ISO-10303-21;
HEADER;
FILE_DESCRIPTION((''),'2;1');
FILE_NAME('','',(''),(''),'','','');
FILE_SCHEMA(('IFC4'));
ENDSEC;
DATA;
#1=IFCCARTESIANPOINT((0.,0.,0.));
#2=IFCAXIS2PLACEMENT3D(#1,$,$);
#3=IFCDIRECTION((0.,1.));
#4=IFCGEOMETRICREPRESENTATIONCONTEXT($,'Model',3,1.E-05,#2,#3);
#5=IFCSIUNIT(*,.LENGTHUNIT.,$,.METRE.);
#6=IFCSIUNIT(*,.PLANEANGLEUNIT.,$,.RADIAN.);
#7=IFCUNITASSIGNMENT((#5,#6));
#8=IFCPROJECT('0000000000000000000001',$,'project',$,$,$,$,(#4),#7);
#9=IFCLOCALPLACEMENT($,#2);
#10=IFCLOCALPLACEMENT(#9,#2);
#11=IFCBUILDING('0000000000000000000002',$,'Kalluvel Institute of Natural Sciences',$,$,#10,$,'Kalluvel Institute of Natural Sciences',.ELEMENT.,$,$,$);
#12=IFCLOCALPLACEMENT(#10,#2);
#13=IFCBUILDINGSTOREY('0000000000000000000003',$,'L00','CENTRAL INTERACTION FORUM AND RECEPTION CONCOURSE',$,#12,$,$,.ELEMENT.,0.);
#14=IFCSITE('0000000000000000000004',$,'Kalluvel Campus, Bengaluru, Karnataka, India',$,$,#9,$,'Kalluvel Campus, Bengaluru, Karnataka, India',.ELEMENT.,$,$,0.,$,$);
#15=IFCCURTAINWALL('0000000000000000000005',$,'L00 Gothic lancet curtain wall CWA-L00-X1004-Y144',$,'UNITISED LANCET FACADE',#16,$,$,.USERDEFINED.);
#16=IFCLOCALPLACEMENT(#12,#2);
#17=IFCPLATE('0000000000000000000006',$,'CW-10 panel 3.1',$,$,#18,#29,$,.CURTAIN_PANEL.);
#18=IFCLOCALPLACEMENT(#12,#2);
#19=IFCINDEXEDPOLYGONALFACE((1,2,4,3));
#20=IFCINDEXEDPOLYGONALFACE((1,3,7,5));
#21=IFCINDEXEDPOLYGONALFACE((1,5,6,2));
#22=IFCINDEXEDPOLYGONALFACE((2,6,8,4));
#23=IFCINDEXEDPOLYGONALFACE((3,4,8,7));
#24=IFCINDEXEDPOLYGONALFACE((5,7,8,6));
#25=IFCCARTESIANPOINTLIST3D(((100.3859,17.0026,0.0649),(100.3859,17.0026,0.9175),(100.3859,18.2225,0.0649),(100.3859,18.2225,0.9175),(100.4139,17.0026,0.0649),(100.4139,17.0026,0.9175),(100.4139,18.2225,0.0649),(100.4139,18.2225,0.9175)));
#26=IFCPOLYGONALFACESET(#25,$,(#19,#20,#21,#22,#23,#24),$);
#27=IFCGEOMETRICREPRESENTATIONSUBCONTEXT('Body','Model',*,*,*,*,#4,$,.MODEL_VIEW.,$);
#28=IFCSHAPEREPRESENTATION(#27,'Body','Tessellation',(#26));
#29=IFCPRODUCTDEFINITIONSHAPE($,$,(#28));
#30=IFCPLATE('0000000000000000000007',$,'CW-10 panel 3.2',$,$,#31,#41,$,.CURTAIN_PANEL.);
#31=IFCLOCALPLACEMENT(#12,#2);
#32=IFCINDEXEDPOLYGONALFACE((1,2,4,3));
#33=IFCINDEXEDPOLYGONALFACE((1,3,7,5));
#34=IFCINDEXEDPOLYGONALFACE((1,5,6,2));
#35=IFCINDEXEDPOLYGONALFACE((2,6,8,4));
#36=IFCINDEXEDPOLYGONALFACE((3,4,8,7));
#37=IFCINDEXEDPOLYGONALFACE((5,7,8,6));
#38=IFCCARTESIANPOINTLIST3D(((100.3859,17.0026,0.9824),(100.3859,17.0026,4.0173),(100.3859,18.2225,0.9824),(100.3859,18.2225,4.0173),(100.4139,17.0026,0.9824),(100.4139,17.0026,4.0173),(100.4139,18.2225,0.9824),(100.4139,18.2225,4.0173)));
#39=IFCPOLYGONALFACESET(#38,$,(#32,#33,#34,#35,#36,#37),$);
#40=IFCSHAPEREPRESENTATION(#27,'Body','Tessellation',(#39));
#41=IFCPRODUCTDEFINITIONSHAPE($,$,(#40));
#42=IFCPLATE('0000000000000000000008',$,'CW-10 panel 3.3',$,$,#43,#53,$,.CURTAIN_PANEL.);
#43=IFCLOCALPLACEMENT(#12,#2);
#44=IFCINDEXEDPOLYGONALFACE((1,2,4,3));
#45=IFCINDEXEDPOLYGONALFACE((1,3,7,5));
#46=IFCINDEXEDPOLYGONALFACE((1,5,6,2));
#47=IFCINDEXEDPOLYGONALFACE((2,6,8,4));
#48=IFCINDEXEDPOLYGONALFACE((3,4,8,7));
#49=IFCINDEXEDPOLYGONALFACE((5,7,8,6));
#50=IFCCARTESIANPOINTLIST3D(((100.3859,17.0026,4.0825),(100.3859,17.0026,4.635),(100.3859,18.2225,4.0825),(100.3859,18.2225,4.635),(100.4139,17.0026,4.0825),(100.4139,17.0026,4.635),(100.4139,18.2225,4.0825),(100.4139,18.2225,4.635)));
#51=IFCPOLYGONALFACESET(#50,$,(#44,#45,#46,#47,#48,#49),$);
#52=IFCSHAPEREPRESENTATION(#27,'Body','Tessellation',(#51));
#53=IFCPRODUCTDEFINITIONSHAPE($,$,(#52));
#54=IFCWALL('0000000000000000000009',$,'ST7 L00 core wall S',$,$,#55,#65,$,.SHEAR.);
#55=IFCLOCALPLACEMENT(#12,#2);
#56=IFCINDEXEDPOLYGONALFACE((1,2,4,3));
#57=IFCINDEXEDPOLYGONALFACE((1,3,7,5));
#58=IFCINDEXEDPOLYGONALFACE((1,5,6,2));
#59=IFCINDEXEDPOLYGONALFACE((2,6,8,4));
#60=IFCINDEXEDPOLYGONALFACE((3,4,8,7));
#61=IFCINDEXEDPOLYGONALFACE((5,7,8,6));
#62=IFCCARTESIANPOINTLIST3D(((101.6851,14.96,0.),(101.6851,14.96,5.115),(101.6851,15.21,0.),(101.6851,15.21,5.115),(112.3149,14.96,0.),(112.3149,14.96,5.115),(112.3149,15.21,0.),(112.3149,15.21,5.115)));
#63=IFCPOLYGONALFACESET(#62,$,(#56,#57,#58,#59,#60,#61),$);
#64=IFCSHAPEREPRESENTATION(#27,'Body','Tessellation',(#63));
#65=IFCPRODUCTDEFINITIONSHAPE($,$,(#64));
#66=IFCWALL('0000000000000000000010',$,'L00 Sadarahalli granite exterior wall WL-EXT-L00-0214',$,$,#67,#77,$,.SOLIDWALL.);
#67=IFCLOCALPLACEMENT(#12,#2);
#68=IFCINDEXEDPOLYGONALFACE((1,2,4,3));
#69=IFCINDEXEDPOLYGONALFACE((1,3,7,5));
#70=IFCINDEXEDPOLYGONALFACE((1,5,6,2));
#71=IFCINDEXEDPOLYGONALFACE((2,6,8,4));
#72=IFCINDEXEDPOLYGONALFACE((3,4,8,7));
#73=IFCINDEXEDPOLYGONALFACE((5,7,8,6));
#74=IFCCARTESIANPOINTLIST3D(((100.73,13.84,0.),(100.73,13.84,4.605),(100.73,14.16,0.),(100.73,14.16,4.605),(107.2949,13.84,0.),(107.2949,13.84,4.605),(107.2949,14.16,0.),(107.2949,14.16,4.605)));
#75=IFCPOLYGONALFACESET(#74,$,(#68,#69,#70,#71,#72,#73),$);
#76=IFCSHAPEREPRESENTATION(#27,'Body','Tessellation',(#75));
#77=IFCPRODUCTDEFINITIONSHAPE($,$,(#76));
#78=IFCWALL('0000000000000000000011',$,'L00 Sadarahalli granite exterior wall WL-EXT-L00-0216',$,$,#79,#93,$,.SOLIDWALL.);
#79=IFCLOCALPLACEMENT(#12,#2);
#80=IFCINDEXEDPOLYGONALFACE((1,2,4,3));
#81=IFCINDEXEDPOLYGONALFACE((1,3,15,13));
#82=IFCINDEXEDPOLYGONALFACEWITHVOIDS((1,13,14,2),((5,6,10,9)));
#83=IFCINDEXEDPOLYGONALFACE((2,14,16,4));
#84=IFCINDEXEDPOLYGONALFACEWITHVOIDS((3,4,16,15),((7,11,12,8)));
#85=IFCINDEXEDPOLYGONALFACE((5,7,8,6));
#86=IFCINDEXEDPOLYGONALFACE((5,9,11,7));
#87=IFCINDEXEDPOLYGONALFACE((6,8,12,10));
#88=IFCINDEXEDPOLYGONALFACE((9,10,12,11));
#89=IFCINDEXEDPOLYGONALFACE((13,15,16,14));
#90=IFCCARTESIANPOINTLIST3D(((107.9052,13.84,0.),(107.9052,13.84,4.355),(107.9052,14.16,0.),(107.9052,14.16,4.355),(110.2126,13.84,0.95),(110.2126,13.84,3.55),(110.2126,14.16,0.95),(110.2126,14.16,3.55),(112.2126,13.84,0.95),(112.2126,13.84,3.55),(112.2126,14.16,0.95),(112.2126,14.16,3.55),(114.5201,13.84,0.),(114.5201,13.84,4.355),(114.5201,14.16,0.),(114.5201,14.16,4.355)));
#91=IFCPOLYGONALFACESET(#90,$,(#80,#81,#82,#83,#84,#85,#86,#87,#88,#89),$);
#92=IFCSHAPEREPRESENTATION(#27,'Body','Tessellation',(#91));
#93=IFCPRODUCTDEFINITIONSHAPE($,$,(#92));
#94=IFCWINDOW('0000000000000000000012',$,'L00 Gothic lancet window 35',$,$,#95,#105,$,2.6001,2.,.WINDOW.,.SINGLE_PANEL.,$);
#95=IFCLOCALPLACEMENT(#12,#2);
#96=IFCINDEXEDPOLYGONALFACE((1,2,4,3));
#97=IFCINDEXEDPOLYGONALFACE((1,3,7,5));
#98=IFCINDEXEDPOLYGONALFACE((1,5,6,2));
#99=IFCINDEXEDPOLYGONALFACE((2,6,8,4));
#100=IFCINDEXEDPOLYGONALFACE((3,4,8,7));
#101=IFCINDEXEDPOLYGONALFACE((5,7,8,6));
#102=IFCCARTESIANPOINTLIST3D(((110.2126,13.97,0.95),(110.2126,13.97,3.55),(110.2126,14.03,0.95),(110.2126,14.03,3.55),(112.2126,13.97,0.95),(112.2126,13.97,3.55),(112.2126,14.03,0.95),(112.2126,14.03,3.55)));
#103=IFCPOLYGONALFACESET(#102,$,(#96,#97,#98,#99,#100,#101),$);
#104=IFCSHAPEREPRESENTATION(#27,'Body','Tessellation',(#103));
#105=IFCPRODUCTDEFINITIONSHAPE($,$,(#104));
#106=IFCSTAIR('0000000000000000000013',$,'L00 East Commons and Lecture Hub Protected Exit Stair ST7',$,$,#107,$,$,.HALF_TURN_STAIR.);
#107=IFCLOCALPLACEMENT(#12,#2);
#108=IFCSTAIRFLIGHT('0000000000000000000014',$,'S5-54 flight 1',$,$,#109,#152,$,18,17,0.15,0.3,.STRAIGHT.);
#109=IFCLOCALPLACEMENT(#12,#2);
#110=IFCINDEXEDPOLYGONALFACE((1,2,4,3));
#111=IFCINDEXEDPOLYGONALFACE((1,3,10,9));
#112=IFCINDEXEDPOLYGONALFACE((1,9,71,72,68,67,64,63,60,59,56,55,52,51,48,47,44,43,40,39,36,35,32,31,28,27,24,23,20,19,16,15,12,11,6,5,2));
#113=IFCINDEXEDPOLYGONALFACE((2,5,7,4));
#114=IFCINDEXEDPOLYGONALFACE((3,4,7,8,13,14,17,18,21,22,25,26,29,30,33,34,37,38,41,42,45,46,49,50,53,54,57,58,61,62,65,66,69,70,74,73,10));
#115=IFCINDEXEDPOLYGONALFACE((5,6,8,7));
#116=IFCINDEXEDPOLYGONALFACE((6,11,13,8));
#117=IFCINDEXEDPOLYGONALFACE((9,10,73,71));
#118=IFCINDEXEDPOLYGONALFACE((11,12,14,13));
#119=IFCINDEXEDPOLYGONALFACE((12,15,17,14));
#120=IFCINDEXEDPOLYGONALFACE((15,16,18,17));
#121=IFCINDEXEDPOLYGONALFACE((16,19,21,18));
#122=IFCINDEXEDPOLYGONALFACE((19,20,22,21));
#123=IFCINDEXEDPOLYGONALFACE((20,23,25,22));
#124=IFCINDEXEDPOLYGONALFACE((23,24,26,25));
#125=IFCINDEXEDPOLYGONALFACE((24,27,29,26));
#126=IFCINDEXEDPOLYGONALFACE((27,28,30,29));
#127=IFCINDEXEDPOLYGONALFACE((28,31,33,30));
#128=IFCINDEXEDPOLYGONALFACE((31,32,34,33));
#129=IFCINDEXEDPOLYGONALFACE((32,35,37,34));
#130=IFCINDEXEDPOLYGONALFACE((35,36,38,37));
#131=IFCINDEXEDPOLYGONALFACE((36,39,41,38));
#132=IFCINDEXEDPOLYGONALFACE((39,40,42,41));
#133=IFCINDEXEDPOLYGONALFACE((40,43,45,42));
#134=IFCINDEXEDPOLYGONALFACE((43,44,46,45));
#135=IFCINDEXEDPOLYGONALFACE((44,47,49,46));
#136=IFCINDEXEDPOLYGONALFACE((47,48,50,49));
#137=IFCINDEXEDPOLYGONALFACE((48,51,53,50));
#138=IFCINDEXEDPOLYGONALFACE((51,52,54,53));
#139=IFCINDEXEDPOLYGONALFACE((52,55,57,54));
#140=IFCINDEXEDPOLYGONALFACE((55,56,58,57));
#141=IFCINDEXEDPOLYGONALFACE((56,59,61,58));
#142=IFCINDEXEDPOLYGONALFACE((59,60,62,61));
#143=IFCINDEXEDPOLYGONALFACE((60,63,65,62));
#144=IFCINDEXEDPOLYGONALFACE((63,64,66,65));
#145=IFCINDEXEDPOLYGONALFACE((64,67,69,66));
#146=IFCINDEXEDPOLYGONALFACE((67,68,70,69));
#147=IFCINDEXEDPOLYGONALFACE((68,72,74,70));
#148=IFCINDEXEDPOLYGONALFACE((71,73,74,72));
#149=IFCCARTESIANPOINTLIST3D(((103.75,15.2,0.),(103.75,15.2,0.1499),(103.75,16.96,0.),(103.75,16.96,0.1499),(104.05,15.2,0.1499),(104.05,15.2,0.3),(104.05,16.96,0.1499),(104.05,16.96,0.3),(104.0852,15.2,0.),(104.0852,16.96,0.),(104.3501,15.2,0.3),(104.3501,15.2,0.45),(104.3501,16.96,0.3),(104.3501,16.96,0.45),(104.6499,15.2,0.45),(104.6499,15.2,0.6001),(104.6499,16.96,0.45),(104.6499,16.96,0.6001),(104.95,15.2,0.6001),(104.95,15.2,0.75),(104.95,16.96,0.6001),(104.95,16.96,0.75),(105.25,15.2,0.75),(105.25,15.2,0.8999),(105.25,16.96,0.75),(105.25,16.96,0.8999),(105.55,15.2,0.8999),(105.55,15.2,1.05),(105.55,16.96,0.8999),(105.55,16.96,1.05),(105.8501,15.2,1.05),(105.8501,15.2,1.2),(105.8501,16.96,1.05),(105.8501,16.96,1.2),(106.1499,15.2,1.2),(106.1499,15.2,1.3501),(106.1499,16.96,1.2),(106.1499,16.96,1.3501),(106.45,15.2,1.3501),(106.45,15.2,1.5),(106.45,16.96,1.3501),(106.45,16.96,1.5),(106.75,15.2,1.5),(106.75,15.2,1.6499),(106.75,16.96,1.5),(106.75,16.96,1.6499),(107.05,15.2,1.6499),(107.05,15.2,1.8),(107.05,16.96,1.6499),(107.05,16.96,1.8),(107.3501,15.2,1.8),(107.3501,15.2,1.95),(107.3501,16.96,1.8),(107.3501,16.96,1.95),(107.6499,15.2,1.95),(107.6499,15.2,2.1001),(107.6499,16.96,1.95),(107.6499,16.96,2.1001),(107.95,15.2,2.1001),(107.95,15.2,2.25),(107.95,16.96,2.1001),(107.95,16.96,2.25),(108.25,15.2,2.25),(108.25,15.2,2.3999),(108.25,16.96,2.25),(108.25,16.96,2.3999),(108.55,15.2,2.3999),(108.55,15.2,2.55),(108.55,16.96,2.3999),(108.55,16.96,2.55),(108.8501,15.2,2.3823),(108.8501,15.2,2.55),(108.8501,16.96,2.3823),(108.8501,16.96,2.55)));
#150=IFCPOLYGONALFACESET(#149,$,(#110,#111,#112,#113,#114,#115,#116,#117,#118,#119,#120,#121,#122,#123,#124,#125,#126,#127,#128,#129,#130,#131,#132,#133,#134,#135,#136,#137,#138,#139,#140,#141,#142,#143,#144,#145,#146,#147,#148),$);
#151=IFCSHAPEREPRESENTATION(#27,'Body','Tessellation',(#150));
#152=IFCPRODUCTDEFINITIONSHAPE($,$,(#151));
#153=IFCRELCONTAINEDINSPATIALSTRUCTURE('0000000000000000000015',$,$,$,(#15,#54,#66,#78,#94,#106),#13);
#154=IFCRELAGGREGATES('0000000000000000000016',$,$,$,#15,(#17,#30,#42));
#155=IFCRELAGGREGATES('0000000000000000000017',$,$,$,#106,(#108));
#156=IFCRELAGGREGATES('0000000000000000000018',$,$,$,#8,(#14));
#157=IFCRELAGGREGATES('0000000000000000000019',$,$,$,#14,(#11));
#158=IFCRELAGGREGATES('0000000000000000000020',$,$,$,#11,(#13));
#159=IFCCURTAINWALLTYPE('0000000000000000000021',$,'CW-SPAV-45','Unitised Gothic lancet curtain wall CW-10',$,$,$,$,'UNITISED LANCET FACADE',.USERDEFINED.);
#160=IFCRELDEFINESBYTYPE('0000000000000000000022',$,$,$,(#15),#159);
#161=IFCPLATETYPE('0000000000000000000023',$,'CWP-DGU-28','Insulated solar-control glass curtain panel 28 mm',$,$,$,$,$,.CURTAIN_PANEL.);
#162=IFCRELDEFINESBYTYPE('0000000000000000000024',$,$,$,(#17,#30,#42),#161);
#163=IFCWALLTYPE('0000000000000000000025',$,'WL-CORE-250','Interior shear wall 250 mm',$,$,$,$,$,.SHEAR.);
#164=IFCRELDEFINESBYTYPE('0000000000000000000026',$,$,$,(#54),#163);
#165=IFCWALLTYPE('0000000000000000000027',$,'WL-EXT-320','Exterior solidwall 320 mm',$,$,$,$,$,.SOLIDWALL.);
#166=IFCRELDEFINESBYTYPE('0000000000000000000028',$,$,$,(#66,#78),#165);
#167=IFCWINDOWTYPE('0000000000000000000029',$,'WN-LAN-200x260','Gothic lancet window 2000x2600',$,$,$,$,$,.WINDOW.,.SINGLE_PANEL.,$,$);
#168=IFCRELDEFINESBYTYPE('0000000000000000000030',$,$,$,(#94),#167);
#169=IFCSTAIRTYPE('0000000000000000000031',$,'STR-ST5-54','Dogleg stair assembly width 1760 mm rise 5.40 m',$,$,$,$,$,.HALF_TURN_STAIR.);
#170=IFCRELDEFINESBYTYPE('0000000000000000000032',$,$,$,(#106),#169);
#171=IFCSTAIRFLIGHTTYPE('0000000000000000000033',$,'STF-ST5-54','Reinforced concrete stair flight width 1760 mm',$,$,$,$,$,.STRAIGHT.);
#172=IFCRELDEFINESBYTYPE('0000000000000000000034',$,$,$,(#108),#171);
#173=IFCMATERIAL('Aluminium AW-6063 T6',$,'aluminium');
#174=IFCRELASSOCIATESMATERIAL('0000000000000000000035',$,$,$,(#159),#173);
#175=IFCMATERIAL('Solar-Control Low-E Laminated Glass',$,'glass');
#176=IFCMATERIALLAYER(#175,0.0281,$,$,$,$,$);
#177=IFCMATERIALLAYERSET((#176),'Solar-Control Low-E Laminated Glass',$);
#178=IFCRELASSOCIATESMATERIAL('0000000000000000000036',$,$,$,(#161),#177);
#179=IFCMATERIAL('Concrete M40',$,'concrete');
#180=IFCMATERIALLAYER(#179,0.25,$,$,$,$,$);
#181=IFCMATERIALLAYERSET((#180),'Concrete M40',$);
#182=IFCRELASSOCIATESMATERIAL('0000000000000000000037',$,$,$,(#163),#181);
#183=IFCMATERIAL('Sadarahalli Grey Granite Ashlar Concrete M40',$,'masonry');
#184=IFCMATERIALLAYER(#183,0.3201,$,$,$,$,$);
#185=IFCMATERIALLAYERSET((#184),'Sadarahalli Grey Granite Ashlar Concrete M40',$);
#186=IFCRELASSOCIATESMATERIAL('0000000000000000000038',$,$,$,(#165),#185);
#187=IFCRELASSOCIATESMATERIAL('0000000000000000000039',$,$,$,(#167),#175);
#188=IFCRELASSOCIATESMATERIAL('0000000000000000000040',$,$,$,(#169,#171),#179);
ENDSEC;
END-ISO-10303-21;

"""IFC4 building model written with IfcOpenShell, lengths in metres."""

from ifc_helpers import new_model, si_unit, direction, frame, frame_2d, origin, origin_2d, place, context, subcontext, project, spatial, polyline, rectangle, outline, extrude, material, layer, layer_set, type_object, element, fill, aggregate, save


model = new_model("IFC4")

# Units and contexts
model_context = context("Model", 3, precision=1e-05, world=origin(), true_north=direction((0.0, 1.0)))
body_context = subcontext(model_context, "Body", "Model", "MODEL_VIEW")
ifc_project = project(units=[si_unit("LENGTHUNIT", "METRE"), si_unit("PLANEANGLEUNIT", "RADIAN")], contexts=[model_context])

# Site, building, storey
site_placement = place(None, origin())
site = spatial("IfcSite", under=ifc_project, at=site_placement, Name="Kalluvel Campus, Bengaluru, Karnataka, India", LongName="Kalluvel Campus, Bengaluru, Karnataka, India", CompositionType="ELEMENT", RefElevation=0.0)
building_placement = place(site_placement, origin())
building = spatial("IfcBuilding", under=site, at=building_placement, Name="Kalluvel Institute of Natural Sciences", LongName="Kalluvel Institute of Natural Sciences", CompositionType="ELEMENT")
storey_placement = place(building_placement, origin())
storey = spatial("IfcBuildingStorey", under=building, at=storey_placement, Name="L00", Description="CENTRAL INTERACTION FORUM AND RECEPTION CONCOURSE", CompositionType="ELEMENT", Elevation=0.0)

# Shared definitions
ifc_material_1 = material(Name="Concrete M40", Category="concrete")

# Curtain wall
ifc_material_2 = material(Name="Aluminium AW-6063 T6", Category="aluminium")
curtain_wall_type = type_object("IfcCurtainWallType", Name="CW-SPAV-45", Description="Unitised Gothic lancet curtain wall CW-10", ElementType="UNITISED LANCET FACADE", PredefinedType="USERDEFINED", material=ifc_material_2)
curtain_wall_placement = place(storey_placement, origin())
curtain_wall = element("IfcCurtainWall", 1, at=curtain_wall_placement, inside=storey, type_object=curtain_wall_type, Name="L00 Gothic lancet curtain wall CWA-L00-X1004-Y144", ObjectType="UNITISED LANCET FACADE", PredefinedType="USERDEFINED")

# Plates
ifc_material_3 = material(Name="Solar-Control Low-E Laminated Glass", Category="glass")
ifc_layer_1 = layer(ifc_material_3, 0.0281)
ifc_layer_set_1 = layer_set([ifc_layer_1], Name="Solar-Control Low-E Laminated Glass")
plate_type = type_object("IfcPlateType", Name="CWP-DGU-28", Description="Insulated solar-control glass curtain panel 28 mm", PredefinedType="CURTAIN_PANEL", material=ifc_layer_set_1)
plate_1_placement = place(storey_placement, frame((100.3999, 17.6125, 0.0649), z_axis=(0.0, 0.0, 1.0), x_axis=(0.0, 1.0, 0.0)))
plate_1 = element("IfcPlate", 2, at=plate_1_placement, type_object=plate_type, Name="CW-10 panel 3.1", PredefinedType="CURTAIN_PANEL", context=body_context, shape_type="SweptSolid", body=[
    extrude(rectangle(XDim=1.22, YDim=0.0281, at=origin_2d()), origin(), (0.0, 0.0, 1.0), 0.8525),
])
plate_2_placement = place(storey_placement, frame((100.3999, 17.6125, 0.9824), z_axis=(0.0, 0.0, 1.0), x_axis=(0.0, 1.0, 0.0)))
plate_2 = element("IfcPlate", 3, at=plate_2_placement, type_object=plate_type, Name="CW-10 panel 3.2", PredefinedType="CURTAIN_PANEL", context=body_context, shape_type="SweptSolid", body=[
    extrude(rectangle(XDim=1.22, YDim=0.0281, at=origin_2d()), origin(), (0.0, 0.0, 1.0), 3.0349),
])
plate_3_placement = place(storey_placement, frame((100.3999, 17.6125, 4.0825), z_axis=(0.0, 0.0, 1.0), x_axis=(0.0, 1.0, 0.0)))
plate_3 = element("IfcPlate", 4, at=plate_3_placement, type_object=plate_type, Name="CW-10 panel 3.3", PredefinedType="CURTAIN_PANEL", context=body_context, shape_type="SweptSolid", body=[
    extrude(rectangle(XDim=1.22, YDim=0.0281, at=origin_2d()), origin(), (0.0, 0.0, 1.0), 0.5525),
])
aggregate(curtain_wall, [plate_1, plate_2, plate_3])

# Walls
ifc_layer_2 = layer(ifc_material_1, 0.25)
ifc_layer_set_2 = layer_set([ifc_layer_2], Name="Concrete M40")
wall_type_1 = type_object("IfcWallType", Name="WL-CORE-250", Description="Interior shear wall 250 mm", PredefinedType="SHEAR", material=ifc_layer_set_2)
wall_1_placement = place(storey_placement, frame((101.6851, 15.085, 0.0), z_axis=(0.0, 0.0, 1.0), x_axis=(1.0, 0.0, 0.0)))
element("IfcWall", 5, at=wall_1_placement, inside=storey, type_object=wall_type_1, Name="ST7 L00 core wall S", PredefinedType="SHEAR", context=body_context, shape_type="SweptSolid", body=[
    extrude(rectangle(XDim=10.6299, YDim=0.25, at=frame_2d((5.3149, 0.0))), origin(), (0.0, 0.0, 1.0), 5.115),
])
ifc_material_4 = material(Name="Sadarahalli Grey Granite Ashlar Concrete M40", Category="masonry")
ifc_layer_3 = layer(ifc_material_4, 0.3201)
ifc_layer_set_3 = layer_set([ifc_layer_3], Name="Sadarahalli Grey Granite Ashlar Concrete M40")
wall_type_2 = type_object("IfcWallType", Name="WL-EXT-320", Description="Exterior solidwall 320 mm", PredefinedType="SOLIDWALL", material=ifc_layer_set_3)
wall_2_placement = place(storey_placement, frame((100.73, 14.0, 0.0), z_axis=(0.0, 0.0, 1.0), x_axis=(1.0, 0.0, 0.0)))
element("IfcWall", 6, at=wall_2_placement, inside=storey, type_object=wall_type_2, Name="L00 Sadarahalli granite exterior wall WL-EXT-L00-0214", PredefinedType="SOLIDWALL", context=body_context, shape_type="SweptSolid", body=[
    extrude(rectangle(XDim=6.5649, YDim=0.3201, at=frame_2d((3.2825, 0.0))), origin(), (0.0, 0.0, 1.0), 4.605),
])

# Wall, opening, window
wall_3_placement = place(storey_placement, frame((107.905, 14.0, 0.0), z_axis=(0.0, 0.0, 1.0), x_axis=(1.0, 0.0, 0.0)))
wall_3 = element("IfcWall", 7, at=wall_3_placement, inside=storey, type_object=wall_type_2, Name="L00 Sadarahalli granite exterior wall WL-EXT-L00-0216", PredefinedType="SOLIDWALL", context=body_context, shape_type="SweptSolid", body=[
    extrude(rectangle(XDim=6.615, YDim=0.3201, at=frame_2d((3.3076, 0.0))), origin(), (0.0, 0.0, 1.0), 4.355),
])
opening_placement = place(wall_3_placement, frame((2.3076, 0.0, 0.95)))
opening = element("IfcOpeningElement", 8, at=opening_placement, cuts=wall_3, PredefinedType="OPENING", context=body_context, shape_type="SweptSolid", body=[
    extrude(rectangle(XDim=2.0, YDim=2.6001, at=frame_2d((1.0, 1.3))), frame((0.0, 0.1699, 0.0), z_axis=(0.0, -1.0, 0.0), x_axis=(1.0, 0.0, 0.0)), (0.0, 0.0, 1.0), 0.3401),
])
window_type = type_object("IfcWindowType", Name="WN-LAN-200x260", Description="Gothic lancet window 2000x2600", PartitioningType="SINGLE_PANEL", PredefinedType="WINDOW", material=ifc_material_3)
window_placement = place(opening_placement, origin())
window = element("IfcWindow", 9, at=window_placement, inside=storey, type_object=window_type, Name="L00 Gothic lancet window 35", OverallHeight=2.6001, OverallWidth=2.0, PartitioningType="SINGLE_PANEL", PredefinedType="WINDOW", context=body_context, shape_type="SweptSolid", body=[
    extrude(rectangle(XDim=2.0, YDim=2.6001, at=frame_2d((1.0, 1.3))), frame((0.0, 0.03, 0.0), z_axis=(0.0, -1.0, 0.0), x_axis=(1.0, 0.0, 0.0)), (0.0, 0.0, 1.0), 0.0601),
])
fill(opening, window)

# Stair, stair flight
stair_type = type_object("IfcStairType", Name="STR-ST5-54", Description="Dogleg stair assembly width 1760 mm rise 5.40 m", PredefinedType="HALF_TURN_STAIR", material=ifc_material_1)
stair_placement = place(storey_placement, origin())
stair = element("IfcStair", 10, at=stair_placement, inside=storey, type_object=stair_type, Name="L00 East Commons and Lecture Hub Protected Exit Stair ST7", PredefinedType="HALF_TURN_STAIR")
stair_flight_type = type_object("IfcStairFlightType", Name="STF-ST5-54", Description="Reinforced concrete stair flight width 1760 mm", PredefinedType="STRAIGHT", material=ifc_material_1)
stair_flight_1_placement = place(storey_placement, frame((103.75, 16.0801, 0.0), z_axis=(0.0, 0.0, 1.0), x_axis=(1.0, 0.0, 0.0)))
stair_flight_1 = element("IfcStairFlight", 11, at=stair_flight_1_placement, type_object=stair_flight_type, Name="S5-54 flight 1", NumberOfRisers=18, NumberOfTreads=17, PredefinedType="STRAIGHT", RiserHeight=0.15, TreadLength=0.3, context=body_context, shape_type="SweptSolid", body=[
    extrude(outline(polyline([(0.0, 0.0), (0.0, 0.1499), (0.3, 0.1499), (0.3, 0.3), (0.6001, 0.3), (0.6001, 0.45), (0.8999, 0.45), (0.8999, 0.6001), (1.2, 0.6001), (1.2, 0.75), (1.5, 0.75), (1.5, 0.8999), (1.8, 0.8999), (1.8, 1.05), (2.1001, 1.05), (2.1001, 1.2), (2.3999, 1.2), (2.3999, 1.3501), (2.7, 1.3501), (2.7, 1.5), (3.0, 1.5), (3.0, 1.6499), (3.3, 1.6499), (3.3, 1.8), (3.6001, 1.8), (3.6001, 1.95), (3.8999, 1.95), (3.8999, 2.1001), (4.2, 2.1001), (4.2, 2.25), (4.5, 2.25), (4.5, 2.3999), (4.8, 2.3999), (4.8, 2.55), (5.1001, 2.55), (5.1001, 2.7), (5.1001, 2.3823), (0.3352, 0.0), (0.0, 0.0)])), frame((0.0, 0.8799, 0.0), z_axis=(0.0, -1.0, 0.0), x_axis=(1.0, 0.0, 0.0)), (0.0, 0.0, 1.0), 1.76),
])
aggregate(stair, [stair_flight_1])

save(model, "model.ifc")
